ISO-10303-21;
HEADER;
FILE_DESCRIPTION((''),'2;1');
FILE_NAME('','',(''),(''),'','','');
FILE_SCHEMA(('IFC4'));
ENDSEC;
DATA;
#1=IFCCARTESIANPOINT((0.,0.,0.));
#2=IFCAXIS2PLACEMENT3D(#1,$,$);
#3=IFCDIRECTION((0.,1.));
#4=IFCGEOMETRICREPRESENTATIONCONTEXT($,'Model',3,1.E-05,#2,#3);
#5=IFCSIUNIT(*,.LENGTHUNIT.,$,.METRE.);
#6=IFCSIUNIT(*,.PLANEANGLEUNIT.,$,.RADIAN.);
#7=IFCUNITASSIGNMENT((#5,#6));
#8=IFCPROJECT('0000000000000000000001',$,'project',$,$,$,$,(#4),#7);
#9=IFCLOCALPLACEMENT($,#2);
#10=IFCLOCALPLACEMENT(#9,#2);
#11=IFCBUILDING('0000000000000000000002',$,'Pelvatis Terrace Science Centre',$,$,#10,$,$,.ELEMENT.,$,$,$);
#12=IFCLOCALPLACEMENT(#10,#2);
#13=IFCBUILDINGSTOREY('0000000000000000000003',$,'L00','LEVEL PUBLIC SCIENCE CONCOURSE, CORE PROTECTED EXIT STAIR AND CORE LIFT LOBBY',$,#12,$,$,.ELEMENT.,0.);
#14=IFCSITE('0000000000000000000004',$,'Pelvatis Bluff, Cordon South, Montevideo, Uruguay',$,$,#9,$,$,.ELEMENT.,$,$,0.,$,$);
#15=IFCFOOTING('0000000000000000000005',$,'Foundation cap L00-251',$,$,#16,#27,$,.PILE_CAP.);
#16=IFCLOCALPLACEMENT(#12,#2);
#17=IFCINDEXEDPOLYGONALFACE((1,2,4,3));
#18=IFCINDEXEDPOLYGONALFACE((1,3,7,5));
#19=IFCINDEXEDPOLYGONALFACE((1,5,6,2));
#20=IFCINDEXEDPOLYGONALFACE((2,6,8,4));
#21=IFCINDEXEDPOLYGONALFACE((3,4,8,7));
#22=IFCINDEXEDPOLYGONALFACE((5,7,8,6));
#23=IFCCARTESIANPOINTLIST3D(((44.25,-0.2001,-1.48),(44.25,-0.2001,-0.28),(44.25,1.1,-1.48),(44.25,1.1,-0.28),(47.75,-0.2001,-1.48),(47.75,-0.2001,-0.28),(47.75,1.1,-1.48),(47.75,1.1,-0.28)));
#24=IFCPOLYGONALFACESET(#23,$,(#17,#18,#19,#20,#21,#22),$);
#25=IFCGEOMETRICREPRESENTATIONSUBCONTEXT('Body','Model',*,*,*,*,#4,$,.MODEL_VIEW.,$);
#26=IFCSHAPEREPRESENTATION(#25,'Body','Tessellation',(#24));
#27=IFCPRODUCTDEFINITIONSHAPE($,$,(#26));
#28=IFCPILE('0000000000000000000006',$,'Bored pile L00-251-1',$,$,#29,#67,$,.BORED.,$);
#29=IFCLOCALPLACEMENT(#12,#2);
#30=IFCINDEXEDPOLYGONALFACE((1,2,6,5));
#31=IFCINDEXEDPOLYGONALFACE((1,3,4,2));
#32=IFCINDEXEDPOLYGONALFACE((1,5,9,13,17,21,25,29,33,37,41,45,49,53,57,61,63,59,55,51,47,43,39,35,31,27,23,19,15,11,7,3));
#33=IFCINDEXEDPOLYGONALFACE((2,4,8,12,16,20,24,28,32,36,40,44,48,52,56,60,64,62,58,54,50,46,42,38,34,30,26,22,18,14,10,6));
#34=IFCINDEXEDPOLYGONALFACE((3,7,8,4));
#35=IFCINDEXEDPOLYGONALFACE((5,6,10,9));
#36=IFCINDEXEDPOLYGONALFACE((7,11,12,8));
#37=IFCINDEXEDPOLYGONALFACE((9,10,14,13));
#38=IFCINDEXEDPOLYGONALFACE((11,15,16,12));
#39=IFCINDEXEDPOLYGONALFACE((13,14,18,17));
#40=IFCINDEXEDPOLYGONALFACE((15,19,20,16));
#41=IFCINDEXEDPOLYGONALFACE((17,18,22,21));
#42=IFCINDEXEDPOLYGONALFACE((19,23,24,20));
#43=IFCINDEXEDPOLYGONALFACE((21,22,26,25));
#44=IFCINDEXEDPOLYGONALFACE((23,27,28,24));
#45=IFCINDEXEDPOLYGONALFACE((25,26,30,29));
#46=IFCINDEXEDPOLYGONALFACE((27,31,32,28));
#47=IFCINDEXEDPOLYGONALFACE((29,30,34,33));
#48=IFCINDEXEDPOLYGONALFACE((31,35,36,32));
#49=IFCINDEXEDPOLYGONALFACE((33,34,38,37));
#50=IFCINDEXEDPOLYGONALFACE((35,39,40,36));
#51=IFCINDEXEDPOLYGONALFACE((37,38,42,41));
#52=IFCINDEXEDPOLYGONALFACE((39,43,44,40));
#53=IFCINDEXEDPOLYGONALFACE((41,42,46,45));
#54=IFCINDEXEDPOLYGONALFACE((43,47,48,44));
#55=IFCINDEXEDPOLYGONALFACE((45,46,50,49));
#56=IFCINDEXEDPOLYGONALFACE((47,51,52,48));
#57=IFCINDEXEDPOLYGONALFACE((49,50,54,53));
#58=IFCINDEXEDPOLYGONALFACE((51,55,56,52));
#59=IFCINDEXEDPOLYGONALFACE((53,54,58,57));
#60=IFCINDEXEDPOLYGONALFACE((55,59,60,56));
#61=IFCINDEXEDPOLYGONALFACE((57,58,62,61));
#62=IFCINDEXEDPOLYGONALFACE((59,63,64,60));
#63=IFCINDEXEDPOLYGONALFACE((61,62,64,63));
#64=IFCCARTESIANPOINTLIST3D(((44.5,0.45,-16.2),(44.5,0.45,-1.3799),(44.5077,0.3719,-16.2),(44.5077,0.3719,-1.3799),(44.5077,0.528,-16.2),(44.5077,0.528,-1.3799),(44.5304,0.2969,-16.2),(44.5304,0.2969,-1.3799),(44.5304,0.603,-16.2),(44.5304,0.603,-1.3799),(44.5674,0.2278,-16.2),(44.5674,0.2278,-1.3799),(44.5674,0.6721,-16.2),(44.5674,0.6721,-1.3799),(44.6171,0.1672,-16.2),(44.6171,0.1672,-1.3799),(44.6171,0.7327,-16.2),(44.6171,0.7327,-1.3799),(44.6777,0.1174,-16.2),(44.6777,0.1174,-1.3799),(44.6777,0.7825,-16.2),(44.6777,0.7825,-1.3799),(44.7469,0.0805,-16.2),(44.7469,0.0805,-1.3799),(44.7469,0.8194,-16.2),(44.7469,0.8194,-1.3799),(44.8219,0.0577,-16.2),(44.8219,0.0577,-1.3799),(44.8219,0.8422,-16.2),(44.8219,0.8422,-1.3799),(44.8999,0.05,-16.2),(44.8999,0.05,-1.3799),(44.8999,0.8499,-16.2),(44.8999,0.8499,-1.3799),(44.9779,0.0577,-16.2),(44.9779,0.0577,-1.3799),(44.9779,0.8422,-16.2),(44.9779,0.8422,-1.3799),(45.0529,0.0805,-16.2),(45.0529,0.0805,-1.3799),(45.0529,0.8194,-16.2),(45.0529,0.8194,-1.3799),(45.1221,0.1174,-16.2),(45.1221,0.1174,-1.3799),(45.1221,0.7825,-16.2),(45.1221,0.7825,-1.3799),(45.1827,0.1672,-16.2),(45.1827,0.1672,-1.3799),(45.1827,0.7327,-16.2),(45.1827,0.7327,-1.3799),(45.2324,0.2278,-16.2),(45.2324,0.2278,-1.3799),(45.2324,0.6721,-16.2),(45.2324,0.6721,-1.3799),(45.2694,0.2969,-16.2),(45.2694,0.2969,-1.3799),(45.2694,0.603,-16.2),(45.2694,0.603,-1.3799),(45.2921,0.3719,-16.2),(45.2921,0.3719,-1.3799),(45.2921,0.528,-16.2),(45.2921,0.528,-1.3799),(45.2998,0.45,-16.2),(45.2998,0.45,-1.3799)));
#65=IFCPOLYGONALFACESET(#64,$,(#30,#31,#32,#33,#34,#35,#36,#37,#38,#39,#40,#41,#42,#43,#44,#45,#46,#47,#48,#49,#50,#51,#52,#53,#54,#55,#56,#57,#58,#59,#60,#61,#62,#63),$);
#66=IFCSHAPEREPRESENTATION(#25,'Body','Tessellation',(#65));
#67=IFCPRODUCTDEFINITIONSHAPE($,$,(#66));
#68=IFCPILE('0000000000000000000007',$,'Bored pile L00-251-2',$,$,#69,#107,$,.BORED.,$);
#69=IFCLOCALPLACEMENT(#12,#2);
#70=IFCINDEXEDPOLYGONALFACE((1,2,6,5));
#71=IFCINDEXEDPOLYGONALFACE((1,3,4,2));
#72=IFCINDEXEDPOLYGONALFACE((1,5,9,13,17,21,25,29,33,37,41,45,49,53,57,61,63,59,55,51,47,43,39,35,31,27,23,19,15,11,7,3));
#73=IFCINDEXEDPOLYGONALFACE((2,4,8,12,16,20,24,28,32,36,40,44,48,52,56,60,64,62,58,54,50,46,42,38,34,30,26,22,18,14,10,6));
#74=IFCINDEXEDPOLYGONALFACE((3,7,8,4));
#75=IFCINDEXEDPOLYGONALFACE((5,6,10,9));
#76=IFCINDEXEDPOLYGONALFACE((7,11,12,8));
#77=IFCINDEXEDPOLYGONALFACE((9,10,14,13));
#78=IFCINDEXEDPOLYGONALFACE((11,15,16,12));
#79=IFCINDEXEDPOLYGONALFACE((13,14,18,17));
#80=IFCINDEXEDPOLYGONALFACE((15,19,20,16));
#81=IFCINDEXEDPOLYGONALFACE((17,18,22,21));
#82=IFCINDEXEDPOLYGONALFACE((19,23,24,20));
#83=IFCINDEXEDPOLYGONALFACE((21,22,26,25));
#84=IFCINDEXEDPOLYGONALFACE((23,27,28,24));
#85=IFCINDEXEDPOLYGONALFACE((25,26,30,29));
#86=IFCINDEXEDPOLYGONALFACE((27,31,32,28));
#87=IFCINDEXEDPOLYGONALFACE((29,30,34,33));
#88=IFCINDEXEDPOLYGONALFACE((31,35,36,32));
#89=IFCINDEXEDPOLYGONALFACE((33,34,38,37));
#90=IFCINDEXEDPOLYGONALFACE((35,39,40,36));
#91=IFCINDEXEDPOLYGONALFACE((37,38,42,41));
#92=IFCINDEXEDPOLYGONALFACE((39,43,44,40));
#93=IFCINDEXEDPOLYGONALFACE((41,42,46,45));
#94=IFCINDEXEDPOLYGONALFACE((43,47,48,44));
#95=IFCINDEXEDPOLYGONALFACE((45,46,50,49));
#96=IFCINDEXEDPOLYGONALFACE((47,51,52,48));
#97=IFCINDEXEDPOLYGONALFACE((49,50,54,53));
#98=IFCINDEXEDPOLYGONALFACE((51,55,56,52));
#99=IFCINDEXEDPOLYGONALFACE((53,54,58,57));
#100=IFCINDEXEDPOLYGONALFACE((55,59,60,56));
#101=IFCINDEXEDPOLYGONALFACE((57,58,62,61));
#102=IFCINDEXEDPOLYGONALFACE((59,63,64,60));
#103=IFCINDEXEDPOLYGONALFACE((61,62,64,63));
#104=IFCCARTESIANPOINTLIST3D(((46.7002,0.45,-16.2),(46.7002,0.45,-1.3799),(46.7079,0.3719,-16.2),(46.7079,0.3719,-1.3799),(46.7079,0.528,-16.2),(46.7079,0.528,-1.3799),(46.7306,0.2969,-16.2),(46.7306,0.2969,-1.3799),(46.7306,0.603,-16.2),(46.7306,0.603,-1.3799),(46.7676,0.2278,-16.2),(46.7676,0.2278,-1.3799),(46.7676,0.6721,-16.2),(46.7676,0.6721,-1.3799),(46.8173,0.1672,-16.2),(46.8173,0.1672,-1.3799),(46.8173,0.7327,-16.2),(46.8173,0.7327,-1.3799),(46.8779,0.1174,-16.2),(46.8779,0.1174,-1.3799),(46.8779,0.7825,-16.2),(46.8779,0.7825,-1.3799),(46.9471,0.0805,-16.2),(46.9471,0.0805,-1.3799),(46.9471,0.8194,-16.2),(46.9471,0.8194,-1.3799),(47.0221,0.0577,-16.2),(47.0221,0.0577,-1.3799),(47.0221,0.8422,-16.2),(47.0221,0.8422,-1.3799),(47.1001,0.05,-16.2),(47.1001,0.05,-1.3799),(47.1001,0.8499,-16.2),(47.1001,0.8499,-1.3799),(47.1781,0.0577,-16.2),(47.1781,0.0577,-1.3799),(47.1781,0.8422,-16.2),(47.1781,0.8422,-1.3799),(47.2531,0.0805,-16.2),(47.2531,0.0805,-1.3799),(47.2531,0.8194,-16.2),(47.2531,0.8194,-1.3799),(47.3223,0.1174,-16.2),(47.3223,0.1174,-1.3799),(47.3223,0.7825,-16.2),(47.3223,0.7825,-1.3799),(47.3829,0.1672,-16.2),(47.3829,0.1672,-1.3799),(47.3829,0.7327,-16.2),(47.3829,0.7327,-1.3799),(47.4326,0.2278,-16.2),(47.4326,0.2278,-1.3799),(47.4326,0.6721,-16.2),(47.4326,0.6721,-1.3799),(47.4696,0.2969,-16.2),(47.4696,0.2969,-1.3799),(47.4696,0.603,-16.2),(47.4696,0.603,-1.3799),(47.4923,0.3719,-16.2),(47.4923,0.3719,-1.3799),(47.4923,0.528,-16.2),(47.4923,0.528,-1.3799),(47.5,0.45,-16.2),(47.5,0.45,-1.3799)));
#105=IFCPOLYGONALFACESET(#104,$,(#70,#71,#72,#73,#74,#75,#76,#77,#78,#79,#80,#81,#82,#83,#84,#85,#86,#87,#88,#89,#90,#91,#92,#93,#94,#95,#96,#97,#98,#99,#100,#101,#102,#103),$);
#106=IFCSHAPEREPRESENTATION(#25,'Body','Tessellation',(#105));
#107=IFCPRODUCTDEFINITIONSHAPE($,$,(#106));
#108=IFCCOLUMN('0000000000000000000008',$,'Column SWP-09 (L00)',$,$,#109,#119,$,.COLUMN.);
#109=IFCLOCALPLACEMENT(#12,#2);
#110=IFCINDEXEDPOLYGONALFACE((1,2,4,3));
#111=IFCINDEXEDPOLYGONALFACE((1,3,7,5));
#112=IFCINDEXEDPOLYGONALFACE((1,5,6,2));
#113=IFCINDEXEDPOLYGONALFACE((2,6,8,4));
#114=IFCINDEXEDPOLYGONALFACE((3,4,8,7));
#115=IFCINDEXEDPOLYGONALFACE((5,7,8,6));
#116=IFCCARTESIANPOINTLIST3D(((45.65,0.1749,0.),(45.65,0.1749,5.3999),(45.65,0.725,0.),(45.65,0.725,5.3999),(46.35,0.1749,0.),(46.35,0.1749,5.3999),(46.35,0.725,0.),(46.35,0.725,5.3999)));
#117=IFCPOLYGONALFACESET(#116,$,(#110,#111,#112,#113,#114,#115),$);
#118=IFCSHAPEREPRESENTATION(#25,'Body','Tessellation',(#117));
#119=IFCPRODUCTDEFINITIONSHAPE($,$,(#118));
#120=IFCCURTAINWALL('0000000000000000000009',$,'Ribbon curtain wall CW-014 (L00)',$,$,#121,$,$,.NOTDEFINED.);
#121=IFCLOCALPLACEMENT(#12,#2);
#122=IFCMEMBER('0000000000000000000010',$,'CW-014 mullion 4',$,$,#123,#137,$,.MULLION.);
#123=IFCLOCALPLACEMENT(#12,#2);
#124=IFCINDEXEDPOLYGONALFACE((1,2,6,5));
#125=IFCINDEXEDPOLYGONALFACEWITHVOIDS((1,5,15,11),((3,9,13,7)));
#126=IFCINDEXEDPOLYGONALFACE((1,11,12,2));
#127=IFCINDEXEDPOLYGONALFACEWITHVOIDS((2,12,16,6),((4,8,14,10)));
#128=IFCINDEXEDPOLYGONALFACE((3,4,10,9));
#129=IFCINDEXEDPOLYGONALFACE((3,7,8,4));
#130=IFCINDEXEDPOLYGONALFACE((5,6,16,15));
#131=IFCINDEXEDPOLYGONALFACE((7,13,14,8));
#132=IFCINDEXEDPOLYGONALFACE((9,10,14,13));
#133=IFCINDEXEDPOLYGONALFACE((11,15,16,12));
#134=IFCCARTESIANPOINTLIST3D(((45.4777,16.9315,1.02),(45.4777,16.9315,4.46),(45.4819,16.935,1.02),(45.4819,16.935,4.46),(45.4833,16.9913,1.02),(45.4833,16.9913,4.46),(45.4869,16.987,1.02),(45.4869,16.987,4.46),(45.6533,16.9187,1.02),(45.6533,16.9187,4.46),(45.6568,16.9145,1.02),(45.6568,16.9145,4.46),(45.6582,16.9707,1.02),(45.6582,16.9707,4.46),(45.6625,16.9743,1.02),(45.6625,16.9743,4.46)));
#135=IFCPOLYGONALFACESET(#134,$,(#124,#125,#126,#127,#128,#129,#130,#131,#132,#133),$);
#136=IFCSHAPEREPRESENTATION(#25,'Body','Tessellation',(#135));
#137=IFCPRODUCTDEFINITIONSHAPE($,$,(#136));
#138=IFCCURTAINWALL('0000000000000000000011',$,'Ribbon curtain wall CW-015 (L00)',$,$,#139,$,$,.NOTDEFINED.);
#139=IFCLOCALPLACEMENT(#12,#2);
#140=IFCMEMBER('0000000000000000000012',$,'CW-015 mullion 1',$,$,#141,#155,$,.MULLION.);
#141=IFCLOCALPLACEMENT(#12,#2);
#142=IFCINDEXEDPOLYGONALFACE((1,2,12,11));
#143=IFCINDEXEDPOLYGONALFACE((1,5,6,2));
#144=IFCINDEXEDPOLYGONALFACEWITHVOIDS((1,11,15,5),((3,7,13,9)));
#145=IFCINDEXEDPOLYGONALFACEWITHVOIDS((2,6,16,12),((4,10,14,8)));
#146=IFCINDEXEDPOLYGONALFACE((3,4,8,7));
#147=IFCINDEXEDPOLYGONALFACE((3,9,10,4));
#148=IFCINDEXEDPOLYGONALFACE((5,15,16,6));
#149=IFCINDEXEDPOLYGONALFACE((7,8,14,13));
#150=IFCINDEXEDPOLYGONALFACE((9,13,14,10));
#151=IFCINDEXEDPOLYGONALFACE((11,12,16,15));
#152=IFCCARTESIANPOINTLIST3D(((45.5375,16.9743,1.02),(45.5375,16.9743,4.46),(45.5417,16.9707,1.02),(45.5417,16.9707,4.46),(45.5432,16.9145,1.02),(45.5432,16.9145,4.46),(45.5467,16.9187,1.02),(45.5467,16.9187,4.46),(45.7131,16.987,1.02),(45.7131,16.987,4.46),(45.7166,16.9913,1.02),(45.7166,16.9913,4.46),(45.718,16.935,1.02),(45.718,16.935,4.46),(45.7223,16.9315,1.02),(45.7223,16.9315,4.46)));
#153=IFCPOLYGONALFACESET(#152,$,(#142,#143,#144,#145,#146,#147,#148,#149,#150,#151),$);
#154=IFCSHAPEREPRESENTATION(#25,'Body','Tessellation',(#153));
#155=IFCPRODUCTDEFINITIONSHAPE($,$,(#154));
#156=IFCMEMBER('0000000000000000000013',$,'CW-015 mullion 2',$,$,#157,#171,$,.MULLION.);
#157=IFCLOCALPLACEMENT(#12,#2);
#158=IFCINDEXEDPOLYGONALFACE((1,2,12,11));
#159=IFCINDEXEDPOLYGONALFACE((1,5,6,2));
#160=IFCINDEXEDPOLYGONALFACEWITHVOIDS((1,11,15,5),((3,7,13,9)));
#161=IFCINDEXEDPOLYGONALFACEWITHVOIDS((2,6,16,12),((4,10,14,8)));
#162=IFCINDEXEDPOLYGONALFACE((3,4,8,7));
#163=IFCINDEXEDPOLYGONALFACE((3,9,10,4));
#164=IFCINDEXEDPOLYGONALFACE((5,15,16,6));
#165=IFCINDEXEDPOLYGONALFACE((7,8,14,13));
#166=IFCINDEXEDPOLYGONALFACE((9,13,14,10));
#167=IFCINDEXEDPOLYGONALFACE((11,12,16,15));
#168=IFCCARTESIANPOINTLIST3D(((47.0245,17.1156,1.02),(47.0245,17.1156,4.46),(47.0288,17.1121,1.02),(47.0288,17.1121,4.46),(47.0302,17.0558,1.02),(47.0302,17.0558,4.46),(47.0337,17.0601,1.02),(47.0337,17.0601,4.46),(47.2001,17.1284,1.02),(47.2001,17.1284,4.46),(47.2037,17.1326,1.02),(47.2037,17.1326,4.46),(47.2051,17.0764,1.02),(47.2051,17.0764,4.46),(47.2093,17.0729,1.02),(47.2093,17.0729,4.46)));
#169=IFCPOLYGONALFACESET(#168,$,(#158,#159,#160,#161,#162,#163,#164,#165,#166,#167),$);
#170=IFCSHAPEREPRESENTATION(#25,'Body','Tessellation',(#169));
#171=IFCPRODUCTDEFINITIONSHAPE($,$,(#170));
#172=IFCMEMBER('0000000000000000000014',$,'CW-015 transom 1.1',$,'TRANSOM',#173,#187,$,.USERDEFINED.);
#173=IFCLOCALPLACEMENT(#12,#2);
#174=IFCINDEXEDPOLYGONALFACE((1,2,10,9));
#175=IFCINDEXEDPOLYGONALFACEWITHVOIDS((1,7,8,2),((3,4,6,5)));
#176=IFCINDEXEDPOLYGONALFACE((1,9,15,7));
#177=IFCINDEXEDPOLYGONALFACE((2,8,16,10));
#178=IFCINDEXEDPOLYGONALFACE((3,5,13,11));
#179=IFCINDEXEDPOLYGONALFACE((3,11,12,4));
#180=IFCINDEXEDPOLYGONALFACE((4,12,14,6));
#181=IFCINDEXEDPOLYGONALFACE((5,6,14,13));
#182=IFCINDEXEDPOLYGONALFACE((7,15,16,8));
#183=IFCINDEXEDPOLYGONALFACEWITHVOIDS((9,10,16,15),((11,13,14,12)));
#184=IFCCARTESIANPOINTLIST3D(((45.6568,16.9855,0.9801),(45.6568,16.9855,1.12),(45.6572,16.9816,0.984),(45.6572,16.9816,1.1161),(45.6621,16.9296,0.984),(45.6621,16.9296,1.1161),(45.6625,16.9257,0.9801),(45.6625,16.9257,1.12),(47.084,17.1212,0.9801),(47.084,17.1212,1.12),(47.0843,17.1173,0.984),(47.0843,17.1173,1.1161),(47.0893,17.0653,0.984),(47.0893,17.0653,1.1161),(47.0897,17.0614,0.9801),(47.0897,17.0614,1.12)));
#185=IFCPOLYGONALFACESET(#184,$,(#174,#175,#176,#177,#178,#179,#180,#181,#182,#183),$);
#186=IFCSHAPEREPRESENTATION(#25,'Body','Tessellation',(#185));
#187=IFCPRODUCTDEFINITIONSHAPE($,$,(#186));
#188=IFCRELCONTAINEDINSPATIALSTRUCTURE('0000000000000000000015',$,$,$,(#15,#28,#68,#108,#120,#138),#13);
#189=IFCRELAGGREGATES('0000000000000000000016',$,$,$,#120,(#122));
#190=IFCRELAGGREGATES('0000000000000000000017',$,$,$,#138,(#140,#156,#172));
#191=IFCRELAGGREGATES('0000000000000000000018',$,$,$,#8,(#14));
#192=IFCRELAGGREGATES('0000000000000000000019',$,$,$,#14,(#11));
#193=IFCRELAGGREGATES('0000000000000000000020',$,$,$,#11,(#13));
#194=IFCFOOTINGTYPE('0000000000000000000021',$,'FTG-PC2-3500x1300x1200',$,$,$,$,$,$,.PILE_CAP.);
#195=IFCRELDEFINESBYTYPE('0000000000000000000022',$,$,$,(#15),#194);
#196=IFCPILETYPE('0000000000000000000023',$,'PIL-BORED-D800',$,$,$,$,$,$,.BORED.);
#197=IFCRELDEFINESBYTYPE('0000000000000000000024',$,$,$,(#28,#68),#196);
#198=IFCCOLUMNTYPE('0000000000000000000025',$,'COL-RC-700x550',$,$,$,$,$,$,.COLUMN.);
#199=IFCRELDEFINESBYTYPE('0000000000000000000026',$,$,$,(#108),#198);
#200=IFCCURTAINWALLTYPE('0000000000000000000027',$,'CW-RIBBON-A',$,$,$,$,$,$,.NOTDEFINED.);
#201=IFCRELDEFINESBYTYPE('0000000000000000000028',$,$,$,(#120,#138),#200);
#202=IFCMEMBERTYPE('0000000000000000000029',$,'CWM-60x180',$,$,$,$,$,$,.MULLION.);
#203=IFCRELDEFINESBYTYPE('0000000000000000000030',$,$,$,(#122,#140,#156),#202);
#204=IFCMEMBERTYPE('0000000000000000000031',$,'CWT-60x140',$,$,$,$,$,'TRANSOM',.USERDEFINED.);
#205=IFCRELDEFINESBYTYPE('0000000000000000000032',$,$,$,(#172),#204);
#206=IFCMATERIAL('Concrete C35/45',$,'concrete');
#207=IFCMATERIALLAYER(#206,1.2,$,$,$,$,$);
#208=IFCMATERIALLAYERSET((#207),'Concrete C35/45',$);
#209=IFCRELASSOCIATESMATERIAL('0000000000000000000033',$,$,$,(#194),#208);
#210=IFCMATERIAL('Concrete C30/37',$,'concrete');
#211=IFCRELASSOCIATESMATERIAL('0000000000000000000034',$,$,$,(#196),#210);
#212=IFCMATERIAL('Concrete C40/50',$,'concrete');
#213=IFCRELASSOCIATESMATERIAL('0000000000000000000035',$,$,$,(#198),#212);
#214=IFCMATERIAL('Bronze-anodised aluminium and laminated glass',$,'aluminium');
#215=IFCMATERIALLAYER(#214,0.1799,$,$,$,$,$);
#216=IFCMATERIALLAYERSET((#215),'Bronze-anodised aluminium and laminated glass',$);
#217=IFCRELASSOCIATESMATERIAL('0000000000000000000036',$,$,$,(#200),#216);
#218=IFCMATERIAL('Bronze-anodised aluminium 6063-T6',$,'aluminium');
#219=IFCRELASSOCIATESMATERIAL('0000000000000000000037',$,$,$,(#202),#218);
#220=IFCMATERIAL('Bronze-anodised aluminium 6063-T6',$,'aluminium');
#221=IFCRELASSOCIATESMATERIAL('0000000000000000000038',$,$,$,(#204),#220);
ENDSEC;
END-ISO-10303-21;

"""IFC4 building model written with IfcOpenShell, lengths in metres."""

from ifc_helpers import new_model, si_unit, direction, frame, origin, origin_2d, place, context, subcontext, project, spatial, rectangle, hollow_rectangle, circle, extrude, material, layer, layer_set, material_profile, profile_set, type_object, element, aggregate, save


model = new_model("IFC4")

# Units and contexts
model_context = context("Model", 3, precision=1e-05, world=origin(), true_north=direction((0.0, 1.0)))
body_context = subcontext(model_context, "Body", "Model", "MODEL_VIEW")
ifc_project = project(units=[si_unit("LENGTHUNIT", "METRE"), si_unit("PLANEANGLEUNIT", "RADIAN")], contexts=[model_context])

# Site, building, storey
site_placement = place(None, origin())
site = spatial("IfcSite", under=ifc_project, at=site_placement, Name="Pelvatis Bluff, Cordon South, Montevideo, Uruguay", CompositionType="ELEMENT", RefElevation=0.0)
building_placement = place(site_placement, origin())
building = spatial("IfcBuilding", under=site, at=building_placement, Name="Pelvatis Terrace Science Centre", CompositionType="ELEMENT")
storey_placement = place(building_placement, origin())
storey = spatial("IfcBuildingStorey", under=building, at=storey_placement, Name="L00", Description="LEVEL PUBLIC SCIENCE CONCOURSE, CORE PROTECTED EXIT STAIR AND CORE LIFT LOBBY", CompositionType="ELEMENT", Elevation=0.0)

# Footing
ifc_material_1 = material(Name="Concrete C35/45", Category="concrete")
ifc_layer_1 = layer(ifc_material_1, 1.2)
ifc_layer_set_1 = layer_set([ifc_layer_1], Name="Concrete C35/45")
footing_type = type_object("IfcFootingType", Name="FTG-PC2-3500x1300x1200", PredefinedType="PILE_CAP", material=ifc_layer_set_1)
footing_placement = place(storey_placement, frame((46.0, 0.45, -1.48), z_axis=(0.0, 0.0, 1.0), x_axis=(1.0, 0.0, 0.0)))
element("IfcFooting", 1, at=footing_placement, inside=storey, type_object=footing_type, Name="Foundation cap L00-251", PredefinedType="PILE_CAP", context=body_context, shape_type="SweptSolid", body=[
    extrude(rectangle(XDim=3.5, YDim=1.3, at=origin_2d()), origin(), (0.0, 0.0, 1.0), 1.2),
])

# Piles
ifc_material_2 = material(Name="Concrete C30/37", Category="concrete")
ifc_material_profile_1 = material_profile(ifc_material_2, circle(Radius=0.3999, at=origin_2d()), Name="PILE D800")
ifc_profile_set_1 = profile_set([ifc_material_profile_1], Name="Concrete C30/37")
pile_type = type_object("IfcPileType", Name="PIL-BORED-D800", PredefinedType="BORED", material=ifc_profile_set_1)
for number, where, z_axis, x_axis, name in (
    (2, (44.8999, 0.45, -1.3799), (0.0, 0.0, -1.0), (1.0, 0.0, 0.0), "Bored pile L00-251-1"),
    (3, (47.1001, 0.45, -1.3799), (0.0, 0.0, -1.0), (1.0, 0.0, 0.0), "Bored pile L00-251-2"),
):
    element("IfcPile", number, at=place(storey_placement, frame(where, z_axis=z_axis, x_axis=x_axis)), inside=storey, type_object=pile_type, Name=name, PredefinedType="BORED", context=body_context, shape_type="SweptSolid", body=[
        extrude(circle(Radius=0.3999, at=origin_2d()), origin(), (0.0, 0.0, 1.0), 14.8201),
    ])

# Column
ifc_material_3 = material(Name="Concrete C40/50", Category="concrete")
ifc_material_profile_2 = material_profile(ifc_material_3, rectangle(XDim=0.7, YDim=0.55, at=origin_2d()), Name="RC-COL 700x550")
ifc_profile_set_2 = profile_set([ifc_material_profile_2], Name="Concrete C40/50")
column_type = type_object("IfcColumnType", Name="COL-RC-700x550", PredefinedType="COLUMN", material=ifc_profile_set_2)
column_placement = place(storey_placement, frame((46.0, 0.45, 0.0), z_axis=(0.0, 0.0, 1.0), x_axis=(1.0, 0.0, 0.0)))
element("IfcColumn", 4, at=column_placement, inside=storey, type_object=column_type, Name="Column SWP-09 (L00)", PredefinedType="COLUMN", context=body_context, shape_type="SweptSolid", body=[
    extrude(rectangle(XDim=0.7, YDim=0.55, at=origin_2d()), origin(), (0.0, 0.0, 1.0), 5.3999),
])

# Curtain wall, member
ifc_material_4 = material(Name="Bronze-anodised aluminium and laminated glass", Category="aluminium")
ifc_layer_2 = layer(ifc_material_4, 0.1799)
ifc_layer_set_2 = layer_set([ifc_layer_2], Name="Bronze-anodised aluminium and laminated glass")
curtain_wall_type = type_object("IfcCurtainWallType", Name="CW-RIBBON-A", PredefinedType="NOTDEFINED", material=ifc_layer_set_2)
curtain_wall_1_placement = place(storey_placement, origin())
curtain_wall_1 = element("IfcCurtainWall", 5, at=curtain_wall_1_placement, inside=storey, type_object=curtain_wall_type, Name="Ribbon curtain wall CW-014 (L00)", PredefinedType="NOTDEFINED")
ifc_material_5 = material(Name="Bronze-anodised aluminium 6063-T6", Category="aluminium")
ifc_material_profile_3 = material_profile(ifc_material_5, hollow_rectangle(XDim=0.0601, YDim=0.1799, WallThickness=0.0039, at=origin_2d()), Name="ALU-MUL 60x180")
ifc_profile_set_3 = profile_set([ifc_material_profile_3], Name="Bronze-anodised aluminium 6063-T6")
member_type_1 = type_object("IfcMemberType", Name="CWM-60x180", PredefinedType="MULLION", material=ifc_profile_set_3)
member_1_placement = place(storey_placement, frame((45.5701, 16.9529, 1.02), z_axis=(0.0, 0.0, 1.0), x_axis=(0.094616, 0.995514, 0.0)))
member_1 = element("IfcMember", 6, at=member_1_placement, type_object=member_type_1, Name="CW-014 mullion 4", PredefinedType="MULLION", context=body_context, shape_type="SweptSolid", body=[
    extrude(hollow_rectangle(XDim=0.0601, YDim=0.1799, WallThickness=0.0039, at=origin_2d()), origin(), (0.0, 0.0, 1.0), 3.4399),
])

# Curtain wall, members
curtain_wall_2_placement = place(storey_placement, origin())
curtain_wall_2 = element("IfcCurtainWall", 7, at=curtain_wall_2_placement, inside=storey, type_object=curtain_wall_type, Name="Ribbon curtain wall CW-015 (L00)", PredefinedType="NOTDEFINED")
member_2_placement = place(storey_placement, frame((45.6299, 16.9529, 1.02), z_axis=(0.0, 0.0, 1.0), x_axis=(-0.094616, 0.995514, 0.0)))
member_2 = element("IfcMember", 8, at=member_2_placement, type_object=member_type_1, Name="CW-015 mullion 1", PredefinedType="MULLION", context=body_context, shape_type="SweptSolid", body=[
    extrude(hollow_rectangle(XDim=0.0601, YDim=0.1799, WallThickness=0.0039, at=origin_2d()), origin(), (0.0, 0.0, 1.0), 3.4399),
])
member_3_placement = place(storey_placement, frame((47.1169, 17.0942, 1.02), z_axis=(0.0, 0.0, 1.0), x_axis=(-0.094616, 0.995514, 0.0)))
member_3 = element("IfcMember", 9, at=member_3_placement, type_object=member_type_1, Name="CW-015 mullion 2", PredefinedType="MULLION", context=body_context, shape_type="SweptSolid", body=[
    extrude(hollow_rectangle(XDim=0.0601, YDim=0.1799, WallThickness=0.0039, at=origin_2d()), origin(), (0.0, 0.0, 1.0), 3.4399),
])
ifc_material_6 = material(Name="Bronze-anodised aluminium 6063-T6", Category="aluminium")
ifc_material_profile_4 = material_profile(ifc_material_6, hollow_rectangle(XDim=0.0601, YDim=0.1399, WallThickness=0.0039, at=origin_2d()), Name="ALU-TRN 60x140")
ifc_profile_set_4 = profile_set([ifc_material_profile_4], Name="Bronze-anodised aluminium 6063-T6")
member_type_2 = type_object("IfcMemberType", Name="CWT-60x140", ElementType="TRANSOM", PredefinedType="USERDEFINED", material=ifc_profile_set_4)
member_4_placement = place(storey_placement, frame((45.6597, 16.9556, 1.05), z_axis=(0.995508, 0.094681, 0.0), x_axis=(-0.094681, 0.995508, 0.0)))
member_4 = element("IfcMember", 10, at=member_4_placement, type_object=member_type_2, Name="CW-015 transom 1.1", ObjectType="TRANSOM", PredefinedType="USERDEFINED", context=body_context, shape_type="SweptSolid", body=[
    extrude(hollow_rectangle(XDim=0.0601, YDim=0.1399, WallThickness=0.0039, at=origin_2d()), origin(), (0.0, 0.0, 1.0), 1.4336),
])

aggregate(curtain_wall_1, [member_1])
aggregate(curtain_wall_2, [member_2, member_3, member_4])

save(model, "model.ifc")
